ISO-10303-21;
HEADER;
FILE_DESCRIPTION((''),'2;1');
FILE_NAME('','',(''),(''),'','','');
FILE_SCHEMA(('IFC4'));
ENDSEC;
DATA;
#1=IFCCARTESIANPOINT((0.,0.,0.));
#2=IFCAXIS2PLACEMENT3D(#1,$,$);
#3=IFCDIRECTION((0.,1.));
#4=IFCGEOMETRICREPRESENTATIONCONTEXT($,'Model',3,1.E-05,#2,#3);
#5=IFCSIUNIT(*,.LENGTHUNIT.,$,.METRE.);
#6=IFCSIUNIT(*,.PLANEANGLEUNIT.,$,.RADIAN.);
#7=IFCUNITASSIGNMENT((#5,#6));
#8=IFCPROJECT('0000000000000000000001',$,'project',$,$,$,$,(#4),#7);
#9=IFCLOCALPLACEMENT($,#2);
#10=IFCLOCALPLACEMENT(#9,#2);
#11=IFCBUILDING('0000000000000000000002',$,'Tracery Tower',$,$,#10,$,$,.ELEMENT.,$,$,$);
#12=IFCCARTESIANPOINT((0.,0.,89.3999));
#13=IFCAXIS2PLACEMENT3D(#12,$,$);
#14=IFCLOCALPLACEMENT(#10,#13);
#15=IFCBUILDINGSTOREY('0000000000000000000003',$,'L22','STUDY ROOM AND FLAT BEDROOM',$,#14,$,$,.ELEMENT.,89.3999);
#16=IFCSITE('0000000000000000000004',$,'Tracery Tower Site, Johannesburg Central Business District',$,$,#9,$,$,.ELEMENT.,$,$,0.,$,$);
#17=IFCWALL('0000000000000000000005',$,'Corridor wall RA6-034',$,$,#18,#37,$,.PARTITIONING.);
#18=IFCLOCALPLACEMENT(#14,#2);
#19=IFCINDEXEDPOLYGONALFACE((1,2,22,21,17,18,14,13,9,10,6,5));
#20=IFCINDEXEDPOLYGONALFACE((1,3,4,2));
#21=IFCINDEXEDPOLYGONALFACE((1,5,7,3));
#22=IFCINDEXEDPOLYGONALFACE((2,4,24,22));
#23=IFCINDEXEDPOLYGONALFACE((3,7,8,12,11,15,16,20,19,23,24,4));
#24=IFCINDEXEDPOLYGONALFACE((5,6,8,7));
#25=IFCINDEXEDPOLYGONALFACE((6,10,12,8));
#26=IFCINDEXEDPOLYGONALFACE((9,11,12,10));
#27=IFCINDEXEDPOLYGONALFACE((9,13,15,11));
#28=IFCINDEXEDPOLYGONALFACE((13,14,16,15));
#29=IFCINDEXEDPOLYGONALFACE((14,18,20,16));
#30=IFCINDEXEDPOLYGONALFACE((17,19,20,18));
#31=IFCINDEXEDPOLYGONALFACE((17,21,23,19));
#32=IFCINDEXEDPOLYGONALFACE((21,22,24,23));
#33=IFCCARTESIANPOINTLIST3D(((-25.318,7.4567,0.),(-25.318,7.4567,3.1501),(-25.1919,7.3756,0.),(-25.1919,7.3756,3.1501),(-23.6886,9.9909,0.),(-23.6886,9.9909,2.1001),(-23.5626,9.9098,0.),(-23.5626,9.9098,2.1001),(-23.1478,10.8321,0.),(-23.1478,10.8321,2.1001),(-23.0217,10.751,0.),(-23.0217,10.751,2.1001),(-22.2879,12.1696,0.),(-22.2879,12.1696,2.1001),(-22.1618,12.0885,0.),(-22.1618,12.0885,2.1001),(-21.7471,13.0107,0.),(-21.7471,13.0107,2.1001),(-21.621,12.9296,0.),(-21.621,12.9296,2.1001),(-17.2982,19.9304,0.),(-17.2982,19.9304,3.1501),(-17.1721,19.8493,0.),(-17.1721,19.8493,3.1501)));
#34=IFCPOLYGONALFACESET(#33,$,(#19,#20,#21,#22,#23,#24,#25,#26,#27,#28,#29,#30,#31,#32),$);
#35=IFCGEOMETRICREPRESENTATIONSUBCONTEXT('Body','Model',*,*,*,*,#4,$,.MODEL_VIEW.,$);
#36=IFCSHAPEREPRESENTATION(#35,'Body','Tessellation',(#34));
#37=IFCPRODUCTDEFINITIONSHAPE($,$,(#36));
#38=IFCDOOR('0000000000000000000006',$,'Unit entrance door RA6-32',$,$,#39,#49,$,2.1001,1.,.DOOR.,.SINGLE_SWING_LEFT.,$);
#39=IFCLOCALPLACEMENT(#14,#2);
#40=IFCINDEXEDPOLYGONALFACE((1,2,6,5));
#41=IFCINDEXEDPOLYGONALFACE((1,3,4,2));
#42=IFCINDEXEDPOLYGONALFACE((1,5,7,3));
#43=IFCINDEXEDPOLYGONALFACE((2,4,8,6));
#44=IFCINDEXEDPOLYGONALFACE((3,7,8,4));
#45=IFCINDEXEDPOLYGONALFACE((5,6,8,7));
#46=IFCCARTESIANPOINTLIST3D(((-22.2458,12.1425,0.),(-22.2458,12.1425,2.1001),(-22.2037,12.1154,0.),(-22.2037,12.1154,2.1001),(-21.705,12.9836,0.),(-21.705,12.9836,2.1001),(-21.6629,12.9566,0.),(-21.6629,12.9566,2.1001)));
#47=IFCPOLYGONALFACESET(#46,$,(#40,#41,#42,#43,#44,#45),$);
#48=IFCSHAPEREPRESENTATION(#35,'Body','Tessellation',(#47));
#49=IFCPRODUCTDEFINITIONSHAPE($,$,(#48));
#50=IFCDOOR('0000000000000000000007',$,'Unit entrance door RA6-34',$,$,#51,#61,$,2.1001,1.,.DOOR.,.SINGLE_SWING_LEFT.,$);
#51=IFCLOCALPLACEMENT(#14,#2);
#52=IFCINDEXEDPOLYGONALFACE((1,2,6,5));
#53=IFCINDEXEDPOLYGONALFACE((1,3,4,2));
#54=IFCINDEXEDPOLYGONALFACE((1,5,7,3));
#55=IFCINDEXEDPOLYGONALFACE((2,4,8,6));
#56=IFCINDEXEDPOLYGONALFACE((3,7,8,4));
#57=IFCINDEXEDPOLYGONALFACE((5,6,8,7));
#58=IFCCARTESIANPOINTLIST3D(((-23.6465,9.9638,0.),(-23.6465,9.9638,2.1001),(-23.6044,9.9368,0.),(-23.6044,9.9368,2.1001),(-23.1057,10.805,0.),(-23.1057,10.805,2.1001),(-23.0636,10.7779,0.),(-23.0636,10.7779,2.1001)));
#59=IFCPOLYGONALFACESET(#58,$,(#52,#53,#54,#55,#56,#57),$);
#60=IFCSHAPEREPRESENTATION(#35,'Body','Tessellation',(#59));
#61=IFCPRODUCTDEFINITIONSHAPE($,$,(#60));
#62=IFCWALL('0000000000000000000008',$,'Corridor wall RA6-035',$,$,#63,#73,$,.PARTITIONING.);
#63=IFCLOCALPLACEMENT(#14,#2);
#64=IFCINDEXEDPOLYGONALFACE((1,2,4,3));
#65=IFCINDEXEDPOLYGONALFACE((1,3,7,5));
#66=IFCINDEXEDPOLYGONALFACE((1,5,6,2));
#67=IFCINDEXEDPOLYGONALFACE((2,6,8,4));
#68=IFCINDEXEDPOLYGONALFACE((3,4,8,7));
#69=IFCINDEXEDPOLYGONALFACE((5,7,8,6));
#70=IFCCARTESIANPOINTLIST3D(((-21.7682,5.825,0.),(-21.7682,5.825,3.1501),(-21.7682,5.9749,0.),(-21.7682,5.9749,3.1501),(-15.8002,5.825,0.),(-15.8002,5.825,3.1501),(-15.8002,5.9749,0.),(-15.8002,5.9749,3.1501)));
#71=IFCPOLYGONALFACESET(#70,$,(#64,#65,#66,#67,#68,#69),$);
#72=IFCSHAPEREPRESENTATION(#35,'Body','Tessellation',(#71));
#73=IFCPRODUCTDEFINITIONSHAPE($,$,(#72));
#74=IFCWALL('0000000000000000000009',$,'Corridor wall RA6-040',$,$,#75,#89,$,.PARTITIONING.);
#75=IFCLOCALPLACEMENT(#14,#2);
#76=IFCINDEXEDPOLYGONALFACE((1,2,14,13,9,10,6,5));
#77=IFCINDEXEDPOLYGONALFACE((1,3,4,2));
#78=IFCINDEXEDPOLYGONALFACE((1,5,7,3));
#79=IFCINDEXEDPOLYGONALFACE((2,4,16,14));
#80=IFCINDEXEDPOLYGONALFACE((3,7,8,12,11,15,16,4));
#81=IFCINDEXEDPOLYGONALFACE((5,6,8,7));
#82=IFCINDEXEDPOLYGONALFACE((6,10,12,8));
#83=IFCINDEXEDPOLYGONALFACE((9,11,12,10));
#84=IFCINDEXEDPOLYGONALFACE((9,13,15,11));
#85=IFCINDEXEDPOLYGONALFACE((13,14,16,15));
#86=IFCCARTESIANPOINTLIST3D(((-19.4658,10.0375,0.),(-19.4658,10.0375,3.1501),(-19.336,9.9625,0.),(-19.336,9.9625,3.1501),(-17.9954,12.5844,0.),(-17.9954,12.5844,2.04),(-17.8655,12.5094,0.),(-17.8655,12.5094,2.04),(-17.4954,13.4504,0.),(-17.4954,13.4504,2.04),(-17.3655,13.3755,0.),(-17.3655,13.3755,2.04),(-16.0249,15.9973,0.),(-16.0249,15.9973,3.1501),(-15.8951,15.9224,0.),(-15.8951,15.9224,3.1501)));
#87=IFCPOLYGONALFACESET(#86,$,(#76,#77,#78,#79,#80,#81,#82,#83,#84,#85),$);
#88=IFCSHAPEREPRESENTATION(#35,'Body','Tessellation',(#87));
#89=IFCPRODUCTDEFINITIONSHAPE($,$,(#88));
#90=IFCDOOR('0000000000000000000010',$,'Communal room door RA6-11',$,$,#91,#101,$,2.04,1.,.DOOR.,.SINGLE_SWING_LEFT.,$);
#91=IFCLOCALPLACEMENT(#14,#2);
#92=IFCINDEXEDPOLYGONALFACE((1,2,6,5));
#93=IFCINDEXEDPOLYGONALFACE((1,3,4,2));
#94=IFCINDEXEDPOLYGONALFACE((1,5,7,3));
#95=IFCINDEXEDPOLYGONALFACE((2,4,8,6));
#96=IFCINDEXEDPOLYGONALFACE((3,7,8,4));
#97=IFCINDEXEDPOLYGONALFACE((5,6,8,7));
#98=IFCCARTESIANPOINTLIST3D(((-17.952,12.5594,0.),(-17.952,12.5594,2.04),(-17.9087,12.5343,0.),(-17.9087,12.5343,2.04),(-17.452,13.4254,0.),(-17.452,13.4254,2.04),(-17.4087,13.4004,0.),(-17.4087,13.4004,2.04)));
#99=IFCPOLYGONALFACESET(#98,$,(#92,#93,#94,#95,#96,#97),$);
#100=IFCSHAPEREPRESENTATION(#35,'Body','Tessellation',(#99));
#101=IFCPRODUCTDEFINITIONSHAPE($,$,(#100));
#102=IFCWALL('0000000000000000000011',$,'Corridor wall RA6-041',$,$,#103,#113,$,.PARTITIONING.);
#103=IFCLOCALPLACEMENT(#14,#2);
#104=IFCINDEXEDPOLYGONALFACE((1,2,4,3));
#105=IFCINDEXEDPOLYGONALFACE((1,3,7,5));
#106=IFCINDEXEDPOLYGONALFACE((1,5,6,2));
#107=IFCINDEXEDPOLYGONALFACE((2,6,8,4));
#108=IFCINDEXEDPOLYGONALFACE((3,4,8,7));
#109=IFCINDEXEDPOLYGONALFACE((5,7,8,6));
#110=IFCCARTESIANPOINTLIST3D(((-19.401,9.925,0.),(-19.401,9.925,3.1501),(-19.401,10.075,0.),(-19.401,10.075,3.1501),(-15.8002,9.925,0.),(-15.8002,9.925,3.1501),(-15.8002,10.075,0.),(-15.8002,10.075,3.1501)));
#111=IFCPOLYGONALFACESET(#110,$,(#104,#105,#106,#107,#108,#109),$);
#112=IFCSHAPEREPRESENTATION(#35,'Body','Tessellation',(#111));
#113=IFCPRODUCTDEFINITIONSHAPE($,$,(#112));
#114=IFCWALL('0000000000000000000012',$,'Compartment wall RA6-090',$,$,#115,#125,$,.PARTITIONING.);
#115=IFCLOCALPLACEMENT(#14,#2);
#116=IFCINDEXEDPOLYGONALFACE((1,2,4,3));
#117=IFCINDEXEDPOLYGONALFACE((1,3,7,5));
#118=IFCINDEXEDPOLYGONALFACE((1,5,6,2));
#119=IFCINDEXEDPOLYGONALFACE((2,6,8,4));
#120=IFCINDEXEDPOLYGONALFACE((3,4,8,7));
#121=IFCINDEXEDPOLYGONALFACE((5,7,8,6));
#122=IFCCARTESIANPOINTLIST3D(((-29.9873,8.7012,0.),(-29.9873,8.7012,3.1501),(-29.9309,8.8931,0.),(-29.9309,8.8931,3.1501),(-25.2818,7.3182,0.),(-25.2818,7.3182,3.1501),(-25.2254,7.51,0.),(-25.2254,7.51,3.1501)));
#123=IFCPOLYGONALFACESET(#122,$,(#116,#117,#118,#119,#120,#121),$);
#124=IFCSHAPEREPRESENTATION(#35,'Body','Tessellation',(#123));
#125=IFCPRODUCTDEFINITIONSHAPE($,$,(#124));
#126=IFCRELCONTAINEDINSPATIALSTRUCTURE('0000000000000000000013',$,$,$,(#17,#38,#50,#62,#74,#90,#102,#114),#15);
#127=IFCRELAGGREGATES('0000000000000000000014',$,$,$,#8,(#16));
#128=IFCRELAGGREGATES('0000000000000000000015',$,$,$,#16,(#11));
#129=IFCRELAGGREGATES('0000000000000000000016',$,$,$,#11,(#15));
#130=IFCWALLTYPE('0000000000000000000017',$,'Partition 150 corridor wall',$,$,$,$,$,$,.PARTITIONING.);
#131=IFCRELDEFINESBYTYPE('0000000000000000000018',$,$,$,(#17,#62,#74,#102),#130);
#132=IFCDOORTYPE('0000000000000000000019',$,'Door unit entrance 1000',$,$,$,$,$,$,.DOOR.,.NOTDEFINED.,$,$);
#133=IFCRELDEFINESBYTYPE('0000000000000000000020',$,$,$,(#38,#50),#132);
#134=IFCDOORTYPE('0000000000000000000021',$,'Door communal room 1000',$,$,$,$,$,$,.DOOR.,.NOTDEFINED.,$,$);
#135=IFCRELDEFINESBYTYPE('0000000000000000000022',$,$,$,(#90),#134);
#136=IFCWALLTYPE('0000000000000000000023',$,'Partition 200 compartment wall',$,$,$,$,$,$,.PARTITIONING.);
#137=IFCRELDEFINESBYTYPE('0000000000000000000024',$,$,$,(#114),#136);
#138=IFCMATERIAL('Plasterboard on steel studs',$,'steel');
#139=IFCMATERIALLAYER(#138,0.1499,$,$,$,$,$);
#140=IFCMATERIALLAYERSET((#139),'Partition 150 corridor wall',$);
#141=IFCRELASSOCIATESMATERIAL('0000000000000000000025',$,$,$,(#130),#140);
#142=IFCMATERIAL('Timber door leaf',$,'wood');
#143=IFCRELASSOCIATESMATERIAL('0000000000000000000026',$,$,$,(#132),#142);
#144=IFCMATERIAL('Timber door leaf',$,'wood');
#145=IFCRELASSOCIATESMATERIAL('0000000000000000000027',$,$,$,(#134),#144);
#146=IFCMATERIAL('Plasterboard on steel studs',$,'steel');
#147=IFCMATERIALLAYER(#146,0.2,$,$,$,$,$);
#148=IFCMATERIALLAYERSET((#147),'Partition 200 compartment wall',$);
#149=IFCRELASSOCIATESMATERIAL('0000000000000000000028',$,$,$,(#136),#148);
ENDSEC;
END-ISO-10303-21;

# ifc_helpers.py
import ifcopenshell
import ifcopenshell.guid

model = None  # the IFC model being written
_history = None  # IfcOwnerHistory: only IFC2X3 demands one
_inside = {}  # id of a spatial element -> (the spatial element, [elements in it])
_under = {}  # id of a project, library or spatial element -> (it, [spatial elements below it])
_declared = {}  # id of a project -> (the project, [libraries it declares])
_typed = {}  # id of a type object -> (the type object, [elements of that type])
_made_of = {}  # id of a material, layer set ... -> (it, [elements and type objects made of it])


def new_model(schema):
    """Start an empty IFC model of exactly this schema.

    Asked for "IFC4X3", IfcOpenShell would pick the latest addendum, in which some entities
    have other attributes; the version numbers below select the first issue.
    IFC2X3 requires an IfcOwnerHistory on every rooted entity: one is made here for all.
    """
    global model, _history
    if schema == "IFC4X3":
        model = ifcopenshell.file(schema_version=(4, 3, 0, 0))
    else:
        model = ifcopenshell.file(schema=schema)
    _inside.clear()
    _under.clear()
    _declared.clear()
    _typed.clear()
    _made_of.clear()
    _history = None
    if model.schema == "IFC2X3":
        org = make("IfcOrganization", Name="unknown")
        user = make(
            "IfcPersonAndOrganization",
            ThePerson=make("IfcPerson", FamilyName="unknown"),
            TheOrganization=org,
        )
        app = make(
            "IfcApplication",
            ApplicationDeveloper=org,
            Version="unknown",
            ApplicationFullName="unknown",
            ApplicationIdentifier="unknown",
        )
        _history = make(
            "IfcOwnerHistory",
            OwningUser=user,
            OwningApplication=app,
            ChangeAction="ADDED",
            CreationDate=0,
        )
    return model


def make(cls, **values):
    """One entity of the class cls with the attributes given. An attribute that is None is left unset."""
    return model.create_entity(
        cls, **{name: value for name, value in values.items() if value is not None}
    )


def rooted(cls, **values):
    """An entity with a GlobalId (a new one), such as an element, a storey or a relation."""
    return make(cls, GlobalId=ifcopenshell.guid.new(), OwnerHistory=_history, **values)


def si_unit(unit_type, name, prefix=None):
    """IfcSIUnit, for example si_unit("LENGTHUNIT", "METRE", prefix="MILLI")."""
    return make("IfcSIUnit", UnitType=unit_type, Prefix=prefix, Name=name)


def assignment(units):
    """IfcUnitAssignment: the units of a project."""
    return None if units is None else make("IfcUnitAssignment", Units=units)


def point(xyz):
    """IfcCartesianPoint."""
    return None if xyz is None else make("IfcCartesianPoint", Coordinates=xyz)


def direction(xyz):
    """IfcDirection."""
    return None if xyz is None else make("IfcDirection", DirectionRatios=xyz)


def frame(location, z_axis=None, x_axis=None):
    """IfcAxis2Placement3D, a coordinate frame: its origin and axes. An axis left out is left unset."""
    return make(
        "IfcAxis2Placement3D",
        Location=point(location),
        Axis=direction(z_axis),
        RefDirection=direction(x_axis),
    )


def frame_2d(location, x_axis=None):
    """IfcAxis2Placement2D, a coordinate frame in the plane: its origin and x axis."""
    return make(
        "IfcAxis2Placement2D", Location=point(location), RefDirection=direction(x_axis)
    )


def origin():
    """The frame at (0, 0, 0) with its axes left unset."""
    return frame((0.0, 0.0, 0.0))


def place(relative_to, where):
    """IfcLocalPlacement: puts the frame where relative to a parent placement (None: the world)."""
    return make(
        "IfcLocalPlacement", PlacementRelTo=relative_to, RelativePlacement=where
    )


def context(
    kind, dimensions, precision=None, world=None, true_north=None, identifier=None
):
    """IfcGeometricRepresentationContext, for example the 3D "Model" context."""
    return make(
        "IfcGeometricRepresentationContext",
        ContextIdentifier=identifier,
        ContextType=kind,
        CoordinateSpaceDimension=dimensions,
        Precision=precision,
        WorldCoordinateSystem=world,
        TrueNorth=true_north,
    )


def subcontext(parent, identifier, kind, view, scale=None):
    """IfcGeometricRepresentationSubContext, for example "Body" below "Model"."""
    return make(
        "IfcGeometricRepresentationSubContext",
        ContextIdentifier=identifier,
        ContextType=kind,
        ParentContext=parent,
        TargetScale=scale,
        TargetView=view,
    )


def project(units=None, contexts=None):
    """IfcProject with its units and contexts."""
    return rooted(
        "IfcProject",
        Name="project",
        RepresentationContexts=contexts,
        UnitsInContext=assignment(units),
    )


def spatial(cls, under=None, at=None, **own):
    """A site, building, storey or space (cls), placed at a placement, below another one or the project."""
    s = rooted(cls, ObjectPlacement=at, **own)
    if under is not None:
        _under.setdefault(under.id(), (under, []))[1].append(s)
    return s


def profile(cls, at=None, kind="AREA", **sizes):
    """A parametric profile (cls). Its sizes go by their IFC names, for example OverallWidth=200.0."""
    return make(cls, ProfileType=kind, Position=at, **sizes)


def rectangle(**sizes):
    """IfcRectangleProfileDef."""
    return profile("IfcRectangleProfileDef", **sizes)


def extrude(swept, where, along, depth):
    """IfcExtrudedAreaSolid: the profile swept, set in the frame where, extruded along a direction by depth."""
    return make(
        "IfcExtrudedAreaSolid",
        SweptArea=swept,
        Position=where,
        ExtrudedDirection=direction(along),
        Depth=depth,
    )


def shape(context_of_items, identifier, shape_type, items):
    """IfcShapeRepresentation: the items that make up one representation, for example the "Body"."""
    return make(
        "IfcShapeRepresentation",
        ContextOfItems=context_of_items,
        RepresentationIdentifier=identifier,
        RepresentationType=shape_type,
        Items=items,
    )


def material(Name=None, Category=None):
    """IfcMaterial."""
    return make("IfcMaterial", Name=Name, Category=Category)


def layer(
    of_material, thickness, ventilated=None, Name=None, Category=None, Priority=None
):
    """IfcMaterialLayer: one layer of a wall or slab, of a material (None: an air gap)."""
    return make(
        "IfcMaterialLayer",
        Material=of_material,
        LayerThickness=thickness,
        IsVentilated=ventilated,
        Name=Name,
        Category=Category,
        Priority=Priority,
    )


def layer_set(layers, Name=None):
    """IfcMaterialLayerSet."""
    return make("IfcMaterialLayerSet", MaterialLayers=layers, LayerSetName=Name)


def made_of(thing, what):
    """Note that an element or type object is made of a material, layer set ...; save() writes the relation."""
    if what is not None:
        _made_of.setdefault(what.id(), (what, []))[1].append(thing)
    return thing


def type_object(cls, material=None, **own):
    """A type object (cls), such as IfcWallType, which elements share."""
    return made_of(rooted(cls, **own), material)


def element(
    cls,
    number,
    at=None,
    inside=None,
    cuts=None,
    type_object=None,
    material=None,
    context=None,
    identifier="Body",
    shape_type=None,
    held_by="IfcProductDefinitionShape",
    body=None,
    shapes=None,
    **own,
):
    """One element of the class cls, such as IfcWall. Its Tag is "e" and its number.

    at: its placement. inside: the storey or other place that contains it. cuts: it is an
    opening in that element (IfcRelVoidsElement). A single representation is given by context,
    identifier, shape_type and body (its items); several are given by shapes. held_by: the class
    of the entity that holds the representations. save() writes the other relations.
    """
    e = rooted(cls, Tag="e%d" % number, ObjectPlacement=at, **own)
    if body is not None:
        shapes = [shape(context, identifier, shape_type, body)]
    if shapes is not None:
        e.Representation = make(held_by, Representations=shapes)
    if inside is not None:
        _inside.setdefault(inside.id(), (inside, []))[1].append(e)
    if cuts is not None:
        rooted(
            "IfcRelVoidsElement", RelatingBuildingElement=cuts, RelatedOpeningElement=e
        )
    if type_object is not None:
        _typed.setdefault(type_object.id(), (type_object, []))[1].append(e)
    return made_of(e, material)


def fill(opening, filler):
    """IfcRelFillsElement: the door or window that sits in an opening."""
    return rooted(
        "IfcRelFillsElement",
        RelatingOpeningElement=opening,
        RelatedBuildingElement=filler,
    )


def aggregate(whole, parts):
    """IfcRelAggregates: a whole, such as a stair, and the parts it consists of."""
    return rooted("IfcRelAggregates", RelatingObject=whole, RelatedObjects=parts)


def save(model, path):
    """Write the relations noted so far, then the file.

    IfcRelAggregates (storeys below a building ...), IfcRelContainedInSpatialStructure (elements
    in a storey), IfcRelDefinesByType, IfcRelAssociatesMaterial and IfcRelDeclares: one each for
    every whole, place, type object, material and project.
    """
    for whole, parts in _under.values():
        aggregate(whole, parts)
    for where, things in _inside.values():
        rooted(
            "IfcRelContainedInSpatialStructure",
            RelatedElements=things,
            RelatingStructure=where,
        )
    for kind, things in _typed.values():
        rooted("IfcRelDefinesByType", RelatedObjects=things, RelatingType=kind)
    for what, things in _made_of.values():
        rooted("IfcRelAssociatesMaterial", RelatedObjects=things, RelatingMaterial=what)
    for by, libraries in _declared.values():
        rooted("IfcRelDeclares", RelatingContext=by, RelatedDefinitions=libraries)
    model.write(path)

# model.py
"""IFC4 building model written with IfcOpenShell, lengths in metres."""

from ifc_helpers import new_model, si_unit, direction, frame, frame_2d, origin, place, context, subcontext, project, spatial, rectangle, extrude, material, layer, layer_set, type_object, element, fill, save


model = new_model("IFC4")

# Units and contexts
model_context = context("Model", 3, precision=1e-05, world=origin(), true_north=direction((0.0, 1.0)))
body_context = subcontext(model_context, "Body", "Model", "MODEL_VIEW")
ifc_project = project(units=[si_unit("LENGTHUNIT", "METRE"), si_unit("PLANEANGLEUNIT", "RADIAN")], contexts=[model_context])

# Site, building, storey
site_placement = place(None, origin())
site = spatial("IfcSite", under=ifc_project, at=site_placement, Name="Tracery Tower Site, Johannesburg Central Business District", CompositionType="ELEMENT", RefElevation=0.0)
building_placement = place(site_placement, origin())
building = spatial("IfcBuilding", under=site, at=building_placement, Name="Tracery Tower", CompositionType="ELEMENT")
storey_placement = place(building_placement, frame((0.0, 0.0, 89.3999)))
storey = spatial("IfcBuildingStorey", under=building, at=storey_placement, Name="L22", Description="STUDY ROOM AND FLAT BEDROOM", CompositionType="ELEMENT", Elevation=89.3999)

# Shared definitions
ifc_material_1 = material(Name="Plasterboard on steel studs", Category="steel")
ifc_layer_1 = layer(ifc_material_1, 0.1499)
ifc_layer_set_1 = layer_set([ifc_layer_1], Name="Partition 150 corridor wall")
wall_type_1 = type_object("IfcWallType", Name="Partition 150 corridor wall", PredefinedType="PARTITIONING", material=ifc_layer_set_1)

# Wall, openings, doors
wall_1_placement = place(storey_placement, frame((-25.2549, 7.4163, 0.0), z_axis=(0.0, 0.0, 1.0), x_axis=(0.540806, 0.841147, 0.0)))
wall_1 = element("IfcWall", 1, at=wall_1_placement, inside=storey, type_object=wall_type_1, Name="Corridor wall RA6-034", PredefinedType="PARTITIONING", context=body_context, shape_type="SweptSolid", body=[
    extrude(rectangle(XDim=14.8293, YDim=0.1499, at=frame_2d((7.4146, 0.0))), origin(), (0.0, 0.0, 1.0), 3.1501),
])
opening_1_placement = place(wall_1_placement, frame((5.6028, 0.0, 0.0)))
opening_1 = element("IfcOpeningElement", 2, at=opening_1_placement, cuts=wall_1, PredefinedType="OPENING", context=body_context, shape_type="SweptSolid", body=[
    extrude(rectangle(XDim=1.0, YDim=2.1001, at=frame_2d((0.5, 1.05))), frame((0.0, 0.075, 0.0), z_axis=(0.0, -1.0, 0.0), x_axis=(1.0, 0.0, 0.0)), (0.0, 0.0, 1.0), 0.1499),
])
opening_2_placement = place(wall_1_placement, frame((3.0127, 0.0, 0.0)))
opening_2 = element("IfcOpeningElement", 3, at=opening_2_placement, cuts=wall_1, PredefinedType="OPENING", context=body_context, shape_type="SweptSolid", body=[
    extrude(rectangle(XDim=1.0, YDim=2.1001, at=frame_2d((0.5, 1.05))), frame((0.0, 0.075, 0.0), z_axis=(0.0, -1.0, 0.0), x_axis=(1.0, 0.0, 0.0)), (0.0, 0.0, 1.0), 0.1499),
])
ifc_material_2 = material(Name="Timber door leaf", Category="wood")
door_type_1 = type_object("IfcDoorType", Name="Door unit entrance 1000", OperationType="NOTDEFINED", PredefinedType="DOOR", material=ifc_material_2)
door_1_placement = place(opening_1_placement, origin())
door_1 = element("IfcDoor", 4, at=door_1_placement, inside=storey, type_object=door_type_1, Name="Unit entrance door RA6-32", OperationType="SINGLE_SWING_LEFT", OverallHeight=2.1001, OverallWidth=1.0, PredefinedType="DOOR", context=body_context, shape_type="SweptSolid", body=[
    extrude(rectangle(XDim=1.0, YDim=2.1001, at=frame_2d((0.5, 1.05))), frame((0.0, 0.0249, 0.0), z_axis=(0.0, -1.0, 0.0), x_axis=(1.0, 0.0, 0.0)), (0.0, 0.0, 1.0), 0.05),
])
fill(opening_1, door_1)
door_2_placement = place(opening_2_placement, origin())
door_2 = element("IfcDoor", 5, at=door_2_placement, inside=storey, type_object=door_type_1, Name="Unit entrance door RA6-34", OperationType="SINGLE_SWING_LEFT", OverallHeight=2.1001, OverallWidth=1.0, PredefinedType="DOOR", context=body_context, shape_type="SweptSolid", body=[
    extrude(rectangle(XDim=1.0, YDim=2.1001, at=frame_2d((0.5, 1.05))), frame((0.0, 0.0249, 0.0), z_axis=(0.0, -1.0, 0.0), x_axis=(1.0, 0.0, 0.0)), (0.0, 0.0, 1.0), 0.05),
])
fill(opening_2, door_2)

# Wall
wall_2_placement = place(storey_placement, frame((-21.7681, 5.8999, 0.0), z_axis=(0.0, 0.0, 1.0), x_axis=(1.0, 0.0, 0.0)))
element("IfcWall", 6, at=wall_2_placement, inside=storey, type_object=wall_type_1, Name="Corridor wall RA6-035", PredefinedType="PARTITIONING", context=body_context, shape_type="SweptSolid", body=[
    extrude(rectangle(XDim=5.968, YDim=0.1499, at=frame_2d((2.9839, 0.0))), origin(), (0.0, 0.0, 1.0), 3.1501),
])

# Wall, opening, door
wall_3_placement = place(storey_placement, frame((-19.4009, 10.0, 0.0), z_axis=(0.0, 0.0, 1.0), x_axis=(0.499993, 0.86603, 0.0)))
wall_3 = element("IfcWall", 7, at=wall_3_placement, inside=storey, type_object=wall_type_1, Name="Corridor wall RA6-040", PredefinedType="PARTITIONING", context=body_context, shape_type="SweptSolid", body=[
    extrude(rectangle(XDim=6.8818, YDim=0.1499, at=frame_2d((3.4409, 0.0))), origin(), (0.0, 0.0, 1.0), 3.1501),
])
opening_3_placement = place(wall_3_placement, frame((2.9409, 0.0, 0.0)))
opening_3 = element("IfcOpeningElement", 8, at=opening_3_placement, cuts=wall_3, PredefinedType="OPENING", context=body_context, shape_type="SweptSolid", body=[
    extrude(rectangle(XDim=1.0, YDim=2.04, at=frame_2d((0.5, 1.02))), frame((0.0, 0.075, 0.0), z_axis=(0.0, -1.0, 0.0), x_axis=(1.0, 0.0, 0.0)), (0.0, 0.0, 1.0), 0.1499),
])
ifc_material_3 = material(Name="Timber door leaf", Category="wood")
door_type_2 = type_object("IfcDoorType", Name="Door communal room 1000", OperationType="NOTDEFINED", PredefinedType="DOOR", material=ifc_material_3)
door_3_placement = place(opening_3_placement, origin())
door_3 = element("IfcDoor", 9, at=door_3_placement, inside=storey, type_object=door_type_2, Name="Communal room door RA6-11", OperationType="SINGLE_SWING_LEFT", OverallHeight=2.04, OverallWidth=1.0, PredefinedType="DOOR", context=body_context, shape_type="SweptSolid", body=[
    extrude(rectangle(XDim=1.0, YDim=2.04, at=frame_2d((0.5, 1.02))), frame((0.0, 0.0249, 0.0), z_axis=(0.0, -1.0, 0.0), x_axis=(1.0, 0.0, 0.0)), (0.0, 0.0, 1.0), 0.05),
])
fill(opening_3, door_3)

# Walls
wall_4_placement = place(storey_placement, frame((-19.4009, 10.0, 0.0), z_axis=(0.0, 0.0, 1.0), x_axis=(1.0, 0.0, 0.0)))
element("IfcWall", 10, at=wall_4_placement, inside=storey, type_object=wall_type_1, Name="Corridor wall RA6-041", PredefinedType="PARTITIONING", context=body_context, shape_type="SweptSolid", body=[
    extrude(rectangle(XDim=3.6008, YDim=0.1499, at=frame_2d((1.8003, 0.0))), origin(), (0.0, 0.0, 1.0), 3.1501),
])
ifc_material_4 = material(Name="Plasterboard on steel studs", Category="steel")
ifc_layer_2 = layer(ifc_material_4, 0.2)
ifc_layer_set_2 = layer_set([ifc_layer_2], Name="Partition 200 compartment wall")
wall_type_2 = type_object("IfcWallType", Name="Partition 200 compartment wall", PredefinedType="PARTITIONING", material=ifc_layer_set_2)
wall_5_placement = place(storey_placement, frame((-29.959, 8.7971, 0.0), z_axis=(0.0, 0.0, 1.0), x_axis=(0.959417, -0.281991, 0.0)))
element("IfcWall", 11, at=wall_5_placement, inside=storey, type_object=wall_type_2, Name="Compartment wall RA6-090", PredefinedType="PARTITIONING", context=body_context, shape_type="SweptSolid", body=[
    extrude(rectangle(XDim=4.9045, YDim=0.2, at=frame_2d((2.4521, 0.0))), origin(), (0.0, 0.0, 1.0), 3.1501),
])

save(model, "model.ifc")
